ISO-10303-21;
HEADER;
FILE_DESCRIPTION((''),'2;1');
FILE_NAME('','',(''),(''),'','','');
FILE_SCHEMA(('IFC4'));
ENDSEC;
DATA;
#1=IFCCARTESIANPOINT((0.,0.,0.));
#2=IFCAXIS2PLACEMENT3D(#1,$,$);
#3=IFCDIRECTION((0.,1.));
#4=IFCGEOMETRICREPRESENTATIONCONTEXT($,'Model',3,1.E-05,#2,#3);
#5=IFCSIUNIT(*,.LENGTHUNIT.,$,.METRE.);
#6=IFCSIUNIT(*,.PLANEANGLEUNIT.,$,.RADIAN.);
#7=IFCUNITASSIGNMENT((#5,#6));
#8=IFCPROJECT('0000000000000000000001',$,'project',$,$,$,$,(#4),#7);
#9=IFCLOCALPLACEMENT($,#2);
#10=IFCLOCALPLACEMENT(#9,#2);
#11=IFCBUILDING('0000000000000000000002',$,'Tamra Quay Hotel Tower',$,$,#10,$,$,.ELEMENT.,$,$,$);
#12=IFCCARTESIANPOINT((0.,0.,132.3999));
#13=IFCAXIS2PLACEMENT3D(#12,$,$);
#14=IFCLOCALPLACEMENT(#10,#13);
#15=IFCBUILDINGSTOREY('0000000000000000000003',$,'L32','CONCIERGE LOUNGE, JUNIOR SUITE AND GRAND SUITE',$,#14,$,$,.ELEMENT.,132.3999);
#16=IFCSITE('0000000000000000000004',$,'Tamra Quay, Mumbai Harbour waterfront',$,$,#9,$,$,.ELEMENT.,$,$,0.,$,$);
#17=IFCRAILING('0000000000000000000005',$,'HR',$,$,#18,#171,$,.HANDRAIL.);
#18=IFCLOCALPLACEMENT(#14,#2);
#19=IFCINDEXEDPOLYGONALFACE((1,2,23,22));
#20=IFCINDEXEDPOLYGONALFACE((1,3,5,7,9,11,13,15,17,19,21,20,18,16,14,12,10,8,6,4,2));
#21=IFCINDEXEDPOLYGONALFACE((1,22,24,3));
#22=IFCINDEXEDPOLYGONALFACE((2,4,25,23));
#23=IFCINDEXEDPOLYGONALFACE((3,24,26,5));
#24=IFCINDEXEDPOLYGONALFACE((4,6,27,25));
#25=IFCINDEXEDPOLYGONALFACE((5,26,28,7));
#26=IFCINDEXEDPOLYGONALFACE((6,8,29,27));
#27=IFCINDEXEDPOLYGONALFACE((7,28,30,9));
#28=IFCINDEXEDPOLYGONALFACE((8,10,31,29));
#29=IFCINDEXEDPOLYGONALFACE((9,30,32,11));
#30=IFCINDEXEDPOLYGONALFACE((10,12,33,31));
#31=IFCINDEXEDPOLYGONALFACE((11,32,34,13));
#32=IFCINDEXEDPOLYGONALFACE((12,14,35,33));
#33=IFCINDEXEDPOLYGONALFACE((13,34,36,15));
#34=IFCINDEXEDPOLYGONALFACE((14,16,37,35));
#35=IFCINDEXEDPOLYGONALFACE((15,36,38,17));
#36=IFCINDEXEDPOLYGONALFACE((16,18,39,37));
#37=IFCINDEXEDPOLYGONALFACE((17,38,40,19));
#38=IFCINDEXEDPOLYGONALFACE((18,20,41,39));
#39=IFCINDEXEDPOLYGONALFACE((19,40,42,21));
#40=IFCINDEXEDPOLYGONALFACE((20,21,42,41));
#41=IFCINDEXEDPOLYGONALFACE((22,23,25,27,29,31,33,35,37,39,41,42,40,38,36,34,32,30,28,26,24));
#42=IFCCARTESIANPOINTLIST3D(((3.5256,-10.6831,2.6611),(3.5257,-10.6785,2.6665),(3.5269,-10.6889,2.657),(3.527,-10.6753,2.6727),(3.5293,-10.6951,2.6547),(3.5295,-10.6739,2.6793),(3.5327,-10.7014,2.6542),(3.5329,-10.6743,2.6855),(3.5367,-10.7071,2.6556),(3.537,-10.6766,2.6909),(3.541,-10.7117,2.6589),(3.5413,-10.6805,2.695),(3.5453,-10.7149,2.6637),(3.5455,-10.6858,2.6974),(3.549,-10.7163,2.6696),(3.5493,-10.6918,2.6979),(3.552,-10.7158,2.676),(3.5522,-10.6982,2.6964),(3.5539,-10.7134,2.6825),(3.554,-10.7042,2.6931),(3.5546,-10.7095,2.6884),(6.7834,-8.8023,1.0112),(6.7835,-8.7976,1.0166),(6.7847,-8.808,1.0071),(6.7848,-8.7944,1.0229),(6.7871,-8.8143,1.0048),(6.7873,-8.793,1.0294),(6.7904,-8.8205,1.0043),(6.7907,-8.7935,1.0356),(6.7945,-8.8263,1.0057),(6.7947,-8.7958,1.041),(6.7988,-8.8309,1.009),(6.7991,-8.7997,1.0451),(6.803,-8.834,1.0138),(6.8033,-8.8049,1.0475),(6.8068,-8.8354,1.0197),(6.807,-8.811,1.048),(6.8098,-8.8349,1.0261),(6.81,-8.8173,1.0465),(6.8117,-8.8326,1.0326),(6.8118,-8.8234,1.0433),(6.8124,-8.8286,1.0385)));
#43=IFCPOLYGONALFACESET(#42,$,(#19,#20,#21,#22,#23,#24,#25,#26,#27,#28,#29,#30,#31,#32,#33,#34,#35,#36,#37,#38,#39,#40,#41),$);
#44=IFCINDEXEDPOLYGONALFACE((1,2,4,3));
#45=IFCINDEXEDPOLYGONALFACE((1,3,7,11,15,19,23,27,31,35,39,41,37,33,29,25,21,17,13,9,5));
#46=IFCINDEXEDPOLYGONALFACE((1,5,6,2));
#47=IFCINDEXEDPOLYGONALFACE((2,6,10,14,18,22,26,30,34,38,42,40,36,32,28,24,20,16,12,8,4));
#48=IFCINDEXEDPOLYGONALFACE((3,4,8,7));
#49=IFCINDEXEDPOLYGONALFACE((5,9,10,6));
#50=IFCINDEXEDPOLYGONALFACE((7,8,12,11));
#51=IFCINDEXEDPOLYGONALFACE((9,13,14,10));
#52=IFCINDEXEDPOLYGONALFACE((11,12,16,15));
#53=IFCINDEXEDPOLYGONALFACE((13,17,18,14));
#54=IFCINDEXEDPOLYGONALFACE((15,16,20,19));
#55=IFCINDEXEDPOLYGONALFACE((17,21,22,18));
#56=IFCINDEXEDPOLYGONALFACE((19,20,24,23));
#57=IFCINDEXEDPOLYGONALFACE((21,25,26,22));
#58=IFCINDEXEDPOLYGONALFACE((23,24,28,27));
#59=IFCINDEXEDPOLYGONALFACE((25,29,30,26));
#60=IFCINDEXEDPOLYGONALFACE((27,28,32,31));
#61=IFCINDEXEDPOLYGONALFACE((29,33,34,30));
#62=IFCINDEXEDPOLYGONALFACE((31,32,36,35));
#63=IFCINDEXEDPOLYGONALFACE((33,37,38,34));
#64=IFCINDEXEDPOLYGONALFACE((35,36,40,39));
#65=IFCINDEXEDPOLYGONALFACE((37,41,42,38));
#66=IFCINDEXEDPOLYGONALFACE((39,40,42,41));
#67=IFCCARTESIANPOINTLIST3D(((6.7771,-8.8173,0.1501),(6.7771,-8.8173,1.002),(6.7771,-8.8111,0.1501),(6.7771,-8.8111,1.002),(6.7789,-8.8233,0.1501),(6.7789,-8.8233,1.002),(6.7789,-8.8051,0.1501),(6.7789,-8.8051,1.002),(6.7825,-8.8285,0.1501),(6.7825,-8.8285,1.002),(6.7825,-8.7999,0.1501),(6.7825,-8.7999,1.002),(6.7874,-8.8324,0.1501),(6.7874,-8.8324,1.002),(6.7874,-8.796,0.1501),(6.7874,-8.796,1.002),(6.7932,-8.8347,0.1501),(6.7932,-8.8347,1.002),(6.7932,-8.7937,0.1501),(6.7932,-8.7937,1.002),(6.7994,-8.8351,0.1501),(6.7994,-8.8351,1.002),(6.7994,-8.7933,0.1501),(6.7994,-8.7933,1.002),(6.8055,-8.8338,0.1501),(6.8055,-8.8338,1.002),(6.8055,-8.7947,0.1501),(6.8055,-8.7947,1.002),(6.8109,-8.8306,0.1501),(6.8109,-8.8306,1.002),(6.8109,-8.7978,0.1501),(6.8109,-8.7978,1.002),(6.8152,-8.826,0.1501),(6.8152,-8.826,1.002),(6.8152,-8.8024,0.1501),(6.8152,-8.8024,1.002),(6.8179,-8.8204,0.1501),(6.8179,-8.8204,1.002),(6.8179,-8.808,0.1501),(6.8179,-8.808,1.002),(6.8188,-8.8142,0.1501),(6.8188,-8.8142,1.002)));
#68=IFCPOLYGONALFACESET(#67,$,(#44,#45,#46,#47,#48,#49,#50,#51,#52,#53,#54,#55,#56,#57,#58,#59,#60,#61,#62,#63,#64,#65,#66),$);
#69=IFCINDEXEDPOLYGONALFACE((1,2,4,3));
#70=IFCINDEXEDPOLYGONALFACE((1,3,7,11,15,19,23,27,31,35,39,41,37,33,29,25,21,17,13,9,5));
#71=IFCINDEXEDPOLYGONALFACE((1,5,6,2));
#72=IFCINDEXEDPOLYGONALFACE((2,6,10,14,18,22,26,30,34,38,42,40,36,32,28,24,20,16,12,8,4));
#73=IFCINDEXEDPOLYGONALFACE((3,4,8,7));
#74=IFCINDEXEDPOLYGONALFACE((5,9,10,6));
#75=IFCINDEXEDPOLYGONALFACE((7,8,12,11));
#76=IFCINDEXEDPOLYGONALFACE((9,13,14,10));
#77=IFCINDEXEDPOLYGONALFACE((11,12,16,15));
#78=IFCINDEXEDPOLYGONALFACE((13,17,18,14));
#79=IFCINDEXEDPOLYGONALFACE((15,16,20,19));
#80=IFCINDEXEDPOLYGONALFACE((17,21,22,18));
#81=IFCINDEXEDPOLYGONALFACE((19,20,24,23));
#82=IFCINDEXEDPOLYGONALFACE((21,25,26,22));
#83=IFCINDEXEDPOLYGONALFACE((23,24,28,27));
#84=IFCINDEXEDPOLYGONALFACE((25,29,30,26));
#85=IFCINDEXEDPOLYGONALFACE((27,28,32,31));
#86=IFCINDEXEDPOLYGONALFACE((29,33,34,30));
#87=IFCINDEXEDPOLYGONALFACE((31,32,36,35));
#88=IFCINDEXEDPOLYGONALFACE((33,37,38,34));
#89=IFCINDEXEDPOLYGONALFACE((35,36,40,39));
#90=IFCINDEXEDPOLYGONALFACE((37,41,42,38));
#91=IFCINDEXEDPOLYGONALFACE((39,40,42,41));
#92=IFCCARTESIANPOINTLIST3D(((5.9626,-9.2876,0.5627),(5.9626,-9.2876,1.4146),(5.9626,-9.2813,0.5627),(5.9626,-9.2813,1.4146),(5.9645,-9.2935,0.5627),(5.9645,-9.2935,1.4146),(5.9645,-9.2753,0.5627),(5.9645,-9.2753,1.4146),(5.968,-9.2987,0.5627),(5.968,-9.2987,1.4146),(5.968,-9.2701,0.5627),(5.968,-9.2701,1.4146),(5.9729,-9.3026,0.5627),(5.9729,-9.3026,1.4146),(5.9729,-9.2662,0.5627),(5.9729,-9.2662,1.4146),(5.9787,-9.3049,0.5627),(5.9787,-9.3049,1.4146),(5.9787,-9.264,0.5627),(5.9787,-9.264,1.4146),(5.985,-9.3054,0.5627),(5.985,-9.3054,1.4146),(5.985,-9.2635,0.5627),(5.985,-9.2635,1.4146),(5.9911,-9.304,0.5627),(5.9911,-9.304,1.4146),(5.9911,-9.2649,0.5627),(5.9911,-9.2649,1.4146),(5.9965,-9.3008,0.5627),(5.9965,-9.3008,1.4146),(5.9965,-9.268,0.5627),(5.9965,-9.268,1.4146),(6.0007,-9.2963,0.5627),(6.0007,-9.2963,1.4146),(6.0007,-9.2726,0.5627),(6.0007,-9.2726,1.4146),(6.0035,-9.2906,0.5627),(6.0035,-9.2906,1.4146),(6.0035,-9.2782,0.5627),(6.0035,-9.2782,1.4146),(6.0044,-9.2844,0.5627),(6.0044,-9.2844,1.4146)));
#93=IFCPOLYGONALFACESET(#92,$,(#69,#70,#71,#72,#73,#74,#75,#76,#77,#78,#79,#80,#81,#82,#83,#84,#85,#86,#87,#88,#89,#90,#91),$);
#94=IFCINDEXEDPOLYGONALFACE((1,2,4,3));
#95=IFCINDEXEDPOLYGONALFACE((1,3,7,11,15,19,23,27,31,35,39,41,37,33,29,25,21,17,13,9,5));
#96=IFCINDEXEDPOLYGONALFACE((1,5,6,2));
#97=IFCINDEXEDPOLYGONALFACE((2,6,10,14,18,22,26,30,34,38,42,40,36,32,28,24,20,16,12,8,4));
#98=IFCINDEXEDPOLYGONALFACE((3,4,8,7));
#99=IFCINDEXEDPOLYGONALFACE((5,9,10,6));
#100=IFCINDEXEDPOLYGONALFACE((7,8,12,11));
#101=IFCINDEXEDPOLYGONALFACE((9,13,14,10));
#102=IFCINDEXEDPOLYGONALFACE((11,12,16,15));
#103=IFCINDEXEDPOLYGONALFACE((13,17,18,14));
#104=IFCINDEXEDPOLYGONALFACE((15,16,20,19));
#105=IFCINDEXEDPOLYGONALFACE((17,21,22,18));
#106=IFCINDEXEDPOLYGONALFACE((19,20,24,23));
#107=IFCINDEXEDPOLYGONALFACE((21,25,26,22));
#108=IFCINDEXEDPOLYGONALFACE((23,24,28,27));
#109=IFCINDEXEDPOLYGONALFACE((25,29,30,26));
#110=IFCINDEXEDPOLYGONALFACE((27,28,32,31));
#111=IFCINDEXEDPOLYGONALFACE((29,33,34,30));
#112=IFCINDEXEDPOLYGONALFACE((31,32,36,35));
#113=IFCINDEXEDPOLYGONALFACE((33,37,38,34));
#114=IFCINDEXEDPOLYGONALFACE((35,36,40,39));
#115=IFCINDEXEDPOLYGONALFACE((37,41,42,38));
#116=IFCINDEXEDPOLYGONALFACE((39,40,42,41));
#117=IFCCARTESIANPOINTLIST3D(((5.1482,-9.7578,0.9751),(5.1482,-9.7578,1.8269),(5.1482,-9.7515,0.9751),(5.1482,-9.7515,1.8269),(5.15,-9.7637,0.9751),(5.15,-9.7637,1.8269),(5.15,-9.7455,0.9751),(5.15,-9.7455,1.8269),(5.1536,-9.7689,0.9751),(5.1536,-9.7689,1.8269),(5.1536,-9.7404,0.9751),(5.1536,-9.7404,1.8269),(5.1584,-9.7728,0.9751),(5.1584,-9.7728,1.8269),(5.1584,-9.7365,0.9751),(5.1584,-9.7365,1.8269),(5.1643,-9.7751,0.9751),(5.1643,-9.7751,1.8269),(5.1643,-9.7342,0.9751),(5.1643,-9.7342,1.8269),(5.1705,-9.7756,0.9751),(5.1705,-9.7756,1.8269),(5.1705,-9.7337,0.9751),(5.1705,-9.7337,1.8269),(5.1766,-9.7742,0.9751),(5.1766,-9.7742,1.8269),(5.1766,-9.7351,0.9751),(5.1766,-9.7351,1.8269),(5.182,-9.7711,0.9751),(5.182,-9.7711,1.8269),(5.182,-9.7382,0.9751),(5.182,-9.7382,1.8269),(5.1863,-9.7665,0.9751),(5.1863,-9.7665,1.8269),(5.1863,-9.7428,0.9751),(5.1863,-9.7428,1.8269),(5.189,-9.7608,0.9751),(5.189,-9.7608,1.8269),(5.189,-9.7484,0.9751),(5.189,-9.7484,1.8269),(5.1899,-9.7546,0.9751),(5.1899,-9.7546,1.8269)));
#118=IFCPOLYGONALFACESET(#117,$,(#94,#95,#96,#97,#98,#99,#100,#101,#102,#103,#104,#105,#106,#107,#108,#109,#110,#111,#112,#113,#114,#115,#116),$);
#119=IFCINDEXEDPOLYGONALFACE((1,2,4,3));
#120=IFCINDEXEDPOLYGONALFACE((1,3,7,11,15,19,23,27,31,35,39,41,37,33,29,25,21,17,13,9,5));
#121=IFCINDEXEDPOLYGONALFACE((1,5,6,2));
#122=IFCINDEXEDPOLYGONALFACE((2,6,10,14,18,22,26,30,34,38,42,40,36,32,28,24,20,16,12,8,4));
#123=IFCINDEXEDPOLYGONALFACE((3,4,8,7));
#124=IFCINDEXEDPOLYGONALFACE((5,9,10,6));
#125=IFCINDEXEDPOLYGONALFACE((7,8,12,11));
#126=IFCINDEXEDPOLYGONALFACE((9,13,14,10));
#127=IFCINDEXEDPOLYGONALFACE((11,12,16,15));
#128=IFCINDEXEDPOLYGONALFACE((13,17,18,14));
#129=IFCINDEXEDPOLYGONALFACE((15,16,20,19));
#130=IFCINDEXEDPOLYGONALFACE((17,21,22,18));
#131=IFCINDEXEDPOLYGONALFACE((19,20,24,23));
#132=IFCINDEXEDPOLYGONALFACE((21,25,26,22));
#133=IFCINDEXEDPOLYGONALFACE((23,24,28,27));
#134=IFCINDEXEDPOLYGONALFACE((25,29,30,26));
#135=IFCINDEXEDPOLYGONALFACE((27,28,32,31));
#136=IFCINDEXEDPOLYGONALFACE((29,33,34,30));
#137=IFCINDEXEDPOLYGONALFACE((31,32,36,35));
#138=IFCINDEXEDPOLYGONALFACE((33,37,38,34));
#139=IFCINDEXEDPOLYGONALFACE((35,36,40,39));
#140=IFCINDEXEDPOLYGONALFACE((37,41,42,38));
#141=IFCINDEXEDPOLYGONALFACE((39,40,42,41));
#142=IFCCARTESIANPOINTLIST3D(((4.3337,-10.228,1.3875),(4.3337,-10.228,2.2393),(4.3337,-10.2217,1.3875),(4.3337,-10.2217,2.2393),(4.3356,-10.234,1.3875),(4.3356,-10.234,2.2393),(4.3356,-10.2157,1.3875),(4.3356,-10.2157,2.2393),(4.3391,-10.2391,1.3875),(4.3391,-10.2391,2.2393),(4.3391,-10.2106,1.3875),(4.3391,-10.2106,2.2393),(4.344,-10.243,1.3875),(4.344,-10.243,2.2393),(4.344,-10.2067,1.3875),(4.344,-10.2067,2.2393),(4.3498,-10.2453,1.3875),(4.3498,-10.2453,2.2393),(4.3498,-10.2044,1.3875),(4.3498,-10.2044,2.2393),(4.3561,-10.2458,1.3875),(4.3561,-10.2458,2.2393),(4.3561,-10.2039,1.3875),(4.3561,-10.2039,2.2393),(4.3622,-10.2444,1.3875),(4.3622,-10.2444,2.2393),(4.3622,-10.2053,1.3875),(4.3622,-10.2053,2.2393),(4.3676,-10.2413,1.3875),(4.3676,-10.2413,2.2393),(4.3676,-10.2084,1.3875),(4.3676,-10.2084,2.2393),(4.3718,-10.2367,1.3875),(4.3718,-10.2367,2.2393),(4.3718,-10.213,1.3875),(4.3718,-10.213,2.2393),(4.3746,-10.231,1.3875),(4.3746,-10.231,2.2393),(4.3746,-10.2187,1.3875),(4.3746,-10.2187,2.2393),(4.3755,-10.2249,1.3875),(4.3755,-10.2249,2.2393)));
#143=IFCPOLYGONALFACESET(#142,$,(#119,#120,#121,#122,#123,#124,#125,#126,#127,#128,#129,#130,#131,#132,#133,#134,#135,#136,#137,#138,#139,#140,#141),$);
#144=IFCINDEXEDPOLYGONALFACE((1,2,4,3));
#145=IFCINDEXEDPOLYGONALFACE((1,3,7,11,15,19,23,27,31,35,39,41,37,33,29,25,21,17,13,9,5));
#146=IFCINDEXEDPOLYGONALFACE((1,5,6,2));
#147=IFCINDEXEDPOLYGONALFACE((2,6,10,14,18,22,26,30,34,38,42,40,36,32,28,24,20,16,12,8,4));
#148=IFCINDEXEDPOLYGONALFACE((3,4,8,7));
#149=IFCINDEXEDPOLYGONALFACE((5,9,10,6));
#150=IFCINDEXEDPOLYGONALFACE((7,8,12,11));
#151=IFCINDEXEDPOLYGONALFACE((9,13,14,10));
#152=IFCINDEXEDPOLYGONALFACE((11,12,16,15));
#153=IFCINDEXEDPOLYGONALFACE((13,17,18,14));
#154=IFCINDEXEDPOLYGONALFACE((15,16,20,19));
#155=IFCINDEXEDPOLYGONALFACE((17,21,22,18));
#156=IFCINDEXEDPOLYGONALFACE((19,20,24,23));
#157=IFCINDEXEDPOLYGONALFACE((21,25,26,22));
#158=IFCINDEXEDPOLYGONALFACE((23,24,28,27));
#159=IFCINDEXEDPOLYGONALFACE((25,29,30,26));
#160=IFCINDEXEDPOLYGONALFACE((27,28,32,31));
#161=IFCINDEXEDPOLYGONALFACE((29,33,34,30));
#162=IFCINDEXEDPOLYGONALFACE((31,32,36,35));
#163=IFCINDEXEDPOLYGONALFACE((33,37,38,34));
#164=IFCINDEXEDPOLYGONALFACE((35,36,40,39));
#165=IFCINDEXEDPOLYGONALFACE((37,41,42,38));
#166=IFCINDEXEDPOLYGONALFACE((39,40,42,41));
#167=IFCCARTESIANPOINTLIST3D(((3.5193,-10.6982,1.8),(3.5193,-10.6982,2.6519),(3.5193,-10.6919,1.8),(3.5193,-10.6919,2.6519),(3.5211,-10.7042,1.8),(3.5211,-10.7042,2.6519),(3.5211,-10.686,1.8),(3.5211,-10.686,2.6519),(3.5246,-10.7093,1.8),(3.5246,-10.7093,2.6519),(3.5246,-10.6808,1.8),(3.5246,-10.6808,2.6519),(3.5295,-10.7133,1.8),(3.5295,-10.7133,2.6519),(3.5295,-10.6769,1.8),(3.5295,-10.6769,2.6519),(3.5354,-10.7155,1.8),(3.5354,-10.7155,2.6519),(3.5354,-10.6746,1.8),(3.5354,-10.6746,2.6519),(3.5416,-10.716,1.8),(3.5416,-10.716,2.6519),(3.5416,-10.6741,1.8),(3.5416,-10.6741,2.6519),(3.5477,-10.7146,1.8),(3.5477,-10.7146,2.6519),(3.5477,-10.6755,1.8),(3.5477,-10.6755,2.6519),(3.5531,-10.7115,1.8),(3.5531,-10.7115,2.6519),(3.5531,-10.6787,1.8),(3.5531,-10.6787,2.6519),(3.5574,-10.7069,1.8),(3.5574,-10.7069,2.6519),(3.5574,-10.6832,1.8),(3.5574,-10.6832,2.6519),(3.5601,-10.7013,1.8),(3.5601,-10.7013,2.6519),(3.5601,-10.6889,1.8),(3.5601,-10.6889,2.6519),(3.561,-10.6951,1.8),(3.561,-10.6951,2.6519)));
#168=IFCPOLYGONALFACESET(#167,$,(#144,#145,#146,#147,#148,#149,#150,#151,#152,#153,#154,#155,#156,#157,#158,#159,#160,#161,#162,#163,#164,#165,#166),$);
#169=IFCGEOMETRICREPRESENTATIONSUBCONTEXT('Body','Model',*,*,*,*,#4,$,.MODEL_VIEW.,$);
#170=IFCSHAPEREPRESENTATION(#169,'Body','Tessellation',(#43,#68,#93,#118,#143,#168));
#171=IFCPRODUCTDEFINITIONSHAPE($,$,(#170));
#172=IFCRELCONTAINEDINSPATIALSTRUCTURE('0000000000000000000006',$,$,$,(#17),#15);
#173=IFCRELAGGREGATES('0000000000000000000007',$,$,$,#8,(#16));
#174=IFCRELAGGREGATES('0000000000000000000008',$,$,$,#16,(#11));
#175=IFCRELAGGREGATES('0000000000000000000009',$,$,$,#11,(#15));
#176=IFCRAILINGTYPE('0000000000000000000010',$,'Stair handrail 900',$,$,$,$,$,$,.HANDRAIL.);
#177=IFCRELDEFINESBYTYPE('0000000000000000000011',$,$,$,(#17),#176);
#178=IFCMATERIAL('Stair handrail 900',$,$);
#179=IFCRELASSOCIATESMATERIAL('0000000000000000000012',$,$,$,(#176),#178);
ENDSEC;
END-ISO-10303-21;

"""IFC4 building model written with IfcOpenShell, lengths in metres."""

from ifc_helpers import new_model, si_unit, direction, frame, origin, origin_2d, place, context, subcontext, project, spatial, circle, extrude, material, type_object, element, save


model = new_model("IFC4")

# Units and contexts
model_context = context("Model", 3, precision=1e-05, world=origin(), true_north=direction((0.0, 1.0)))
body_context = subcontext(model_context, "Body", "Model", "MODEL_VIEW")
ifc_project = project(units=[si_unit("LENGTHUNIT", "METRE"), si_unit("PLANEANGLEUNIT", "RADIAN")], contexts=[model_context])

# Site, building, storey
site_placement = place(None, origin())
site = spatial("IfcSite", under=ifc_project, at=site_placement, Name="Tamra Quay, Mumbai Harbour waterfront", CompositionType="ELEMENT", RefElevation=0.0)
building_placement = place(site_placement, origin())
building = spatial("IfcBuilding", under=site, at=building_placement, Name="Tamra Quay Hotel Tower", CompositionType="ELEMENT")
storey_placement = place(building_placement, frame((0.0, 0.0, 132.3999)))
storey = spatial("IfcBuildingStorey", under=building, at=storey_placement, Name="L32", Description="CONCIERGE LOUNGE, JUNIOR SUITE AND GRAND SUITE", CompositionType="ELEMENT", Elevation=132.3999)

# Railing
ifc_material_1 = material(Name="Stair handrail 900")
railing_type_1 = type_object("IfcRailingType", Name="Stair handrail 900", PredefinedType="HANDRAIL", material=ifc_material_1)
railing_1_placement = place(storey_placement, frame((6.7979, -8.8142, 0.1501)))
element("IfcRailing", 1, at=railing_1_placement, inside=storey, type_object=railing_type_1, Name="HR", PredefinedType="HANDRAIL", context=body_context, shape_type="SweptSolid", body=[
    extrude(circle(Radius=0.0239, at=origin_2d()), frame((0.0, 0.0, 0.876), z_axis=(-0.7931, -0.457887, 0.401661), x_axis=(0.499992, -0.86603, 0.0)), (0.0, 0.0, 1.0), 4.1077),
    extrude(circle(Radius=0.021, at=origin_2d()), origin(), (0.0, 0.0, 1.0), 0.8518),
    extrude(circle(Radius=0.021, at=origin_2d()), frame((-0.8145, -0.4702, 0.4126)), (0.0, 0.0, 1.0), 0.8518),
    extrude(circle(Radius=0.021, at=origin_2d()), frame((-1.6289, -0.9404, 0.825)), (0.0, 0.0, 1.0), 0.8518),
    extrude(circle(Radius=0.021, at=origin_2d()), frame((-2.4434, -1.4106, 1.2373)), (0.0, 0.0, 1.0), 0.8518),
    extrude(circle(Radius=0.021, at=origin_2d()), frame((-3.2578, -1.8809, 1.6499)), (0.0, 0.0, 1.0), 0.8518),
])

save(model, "model.ifc")
